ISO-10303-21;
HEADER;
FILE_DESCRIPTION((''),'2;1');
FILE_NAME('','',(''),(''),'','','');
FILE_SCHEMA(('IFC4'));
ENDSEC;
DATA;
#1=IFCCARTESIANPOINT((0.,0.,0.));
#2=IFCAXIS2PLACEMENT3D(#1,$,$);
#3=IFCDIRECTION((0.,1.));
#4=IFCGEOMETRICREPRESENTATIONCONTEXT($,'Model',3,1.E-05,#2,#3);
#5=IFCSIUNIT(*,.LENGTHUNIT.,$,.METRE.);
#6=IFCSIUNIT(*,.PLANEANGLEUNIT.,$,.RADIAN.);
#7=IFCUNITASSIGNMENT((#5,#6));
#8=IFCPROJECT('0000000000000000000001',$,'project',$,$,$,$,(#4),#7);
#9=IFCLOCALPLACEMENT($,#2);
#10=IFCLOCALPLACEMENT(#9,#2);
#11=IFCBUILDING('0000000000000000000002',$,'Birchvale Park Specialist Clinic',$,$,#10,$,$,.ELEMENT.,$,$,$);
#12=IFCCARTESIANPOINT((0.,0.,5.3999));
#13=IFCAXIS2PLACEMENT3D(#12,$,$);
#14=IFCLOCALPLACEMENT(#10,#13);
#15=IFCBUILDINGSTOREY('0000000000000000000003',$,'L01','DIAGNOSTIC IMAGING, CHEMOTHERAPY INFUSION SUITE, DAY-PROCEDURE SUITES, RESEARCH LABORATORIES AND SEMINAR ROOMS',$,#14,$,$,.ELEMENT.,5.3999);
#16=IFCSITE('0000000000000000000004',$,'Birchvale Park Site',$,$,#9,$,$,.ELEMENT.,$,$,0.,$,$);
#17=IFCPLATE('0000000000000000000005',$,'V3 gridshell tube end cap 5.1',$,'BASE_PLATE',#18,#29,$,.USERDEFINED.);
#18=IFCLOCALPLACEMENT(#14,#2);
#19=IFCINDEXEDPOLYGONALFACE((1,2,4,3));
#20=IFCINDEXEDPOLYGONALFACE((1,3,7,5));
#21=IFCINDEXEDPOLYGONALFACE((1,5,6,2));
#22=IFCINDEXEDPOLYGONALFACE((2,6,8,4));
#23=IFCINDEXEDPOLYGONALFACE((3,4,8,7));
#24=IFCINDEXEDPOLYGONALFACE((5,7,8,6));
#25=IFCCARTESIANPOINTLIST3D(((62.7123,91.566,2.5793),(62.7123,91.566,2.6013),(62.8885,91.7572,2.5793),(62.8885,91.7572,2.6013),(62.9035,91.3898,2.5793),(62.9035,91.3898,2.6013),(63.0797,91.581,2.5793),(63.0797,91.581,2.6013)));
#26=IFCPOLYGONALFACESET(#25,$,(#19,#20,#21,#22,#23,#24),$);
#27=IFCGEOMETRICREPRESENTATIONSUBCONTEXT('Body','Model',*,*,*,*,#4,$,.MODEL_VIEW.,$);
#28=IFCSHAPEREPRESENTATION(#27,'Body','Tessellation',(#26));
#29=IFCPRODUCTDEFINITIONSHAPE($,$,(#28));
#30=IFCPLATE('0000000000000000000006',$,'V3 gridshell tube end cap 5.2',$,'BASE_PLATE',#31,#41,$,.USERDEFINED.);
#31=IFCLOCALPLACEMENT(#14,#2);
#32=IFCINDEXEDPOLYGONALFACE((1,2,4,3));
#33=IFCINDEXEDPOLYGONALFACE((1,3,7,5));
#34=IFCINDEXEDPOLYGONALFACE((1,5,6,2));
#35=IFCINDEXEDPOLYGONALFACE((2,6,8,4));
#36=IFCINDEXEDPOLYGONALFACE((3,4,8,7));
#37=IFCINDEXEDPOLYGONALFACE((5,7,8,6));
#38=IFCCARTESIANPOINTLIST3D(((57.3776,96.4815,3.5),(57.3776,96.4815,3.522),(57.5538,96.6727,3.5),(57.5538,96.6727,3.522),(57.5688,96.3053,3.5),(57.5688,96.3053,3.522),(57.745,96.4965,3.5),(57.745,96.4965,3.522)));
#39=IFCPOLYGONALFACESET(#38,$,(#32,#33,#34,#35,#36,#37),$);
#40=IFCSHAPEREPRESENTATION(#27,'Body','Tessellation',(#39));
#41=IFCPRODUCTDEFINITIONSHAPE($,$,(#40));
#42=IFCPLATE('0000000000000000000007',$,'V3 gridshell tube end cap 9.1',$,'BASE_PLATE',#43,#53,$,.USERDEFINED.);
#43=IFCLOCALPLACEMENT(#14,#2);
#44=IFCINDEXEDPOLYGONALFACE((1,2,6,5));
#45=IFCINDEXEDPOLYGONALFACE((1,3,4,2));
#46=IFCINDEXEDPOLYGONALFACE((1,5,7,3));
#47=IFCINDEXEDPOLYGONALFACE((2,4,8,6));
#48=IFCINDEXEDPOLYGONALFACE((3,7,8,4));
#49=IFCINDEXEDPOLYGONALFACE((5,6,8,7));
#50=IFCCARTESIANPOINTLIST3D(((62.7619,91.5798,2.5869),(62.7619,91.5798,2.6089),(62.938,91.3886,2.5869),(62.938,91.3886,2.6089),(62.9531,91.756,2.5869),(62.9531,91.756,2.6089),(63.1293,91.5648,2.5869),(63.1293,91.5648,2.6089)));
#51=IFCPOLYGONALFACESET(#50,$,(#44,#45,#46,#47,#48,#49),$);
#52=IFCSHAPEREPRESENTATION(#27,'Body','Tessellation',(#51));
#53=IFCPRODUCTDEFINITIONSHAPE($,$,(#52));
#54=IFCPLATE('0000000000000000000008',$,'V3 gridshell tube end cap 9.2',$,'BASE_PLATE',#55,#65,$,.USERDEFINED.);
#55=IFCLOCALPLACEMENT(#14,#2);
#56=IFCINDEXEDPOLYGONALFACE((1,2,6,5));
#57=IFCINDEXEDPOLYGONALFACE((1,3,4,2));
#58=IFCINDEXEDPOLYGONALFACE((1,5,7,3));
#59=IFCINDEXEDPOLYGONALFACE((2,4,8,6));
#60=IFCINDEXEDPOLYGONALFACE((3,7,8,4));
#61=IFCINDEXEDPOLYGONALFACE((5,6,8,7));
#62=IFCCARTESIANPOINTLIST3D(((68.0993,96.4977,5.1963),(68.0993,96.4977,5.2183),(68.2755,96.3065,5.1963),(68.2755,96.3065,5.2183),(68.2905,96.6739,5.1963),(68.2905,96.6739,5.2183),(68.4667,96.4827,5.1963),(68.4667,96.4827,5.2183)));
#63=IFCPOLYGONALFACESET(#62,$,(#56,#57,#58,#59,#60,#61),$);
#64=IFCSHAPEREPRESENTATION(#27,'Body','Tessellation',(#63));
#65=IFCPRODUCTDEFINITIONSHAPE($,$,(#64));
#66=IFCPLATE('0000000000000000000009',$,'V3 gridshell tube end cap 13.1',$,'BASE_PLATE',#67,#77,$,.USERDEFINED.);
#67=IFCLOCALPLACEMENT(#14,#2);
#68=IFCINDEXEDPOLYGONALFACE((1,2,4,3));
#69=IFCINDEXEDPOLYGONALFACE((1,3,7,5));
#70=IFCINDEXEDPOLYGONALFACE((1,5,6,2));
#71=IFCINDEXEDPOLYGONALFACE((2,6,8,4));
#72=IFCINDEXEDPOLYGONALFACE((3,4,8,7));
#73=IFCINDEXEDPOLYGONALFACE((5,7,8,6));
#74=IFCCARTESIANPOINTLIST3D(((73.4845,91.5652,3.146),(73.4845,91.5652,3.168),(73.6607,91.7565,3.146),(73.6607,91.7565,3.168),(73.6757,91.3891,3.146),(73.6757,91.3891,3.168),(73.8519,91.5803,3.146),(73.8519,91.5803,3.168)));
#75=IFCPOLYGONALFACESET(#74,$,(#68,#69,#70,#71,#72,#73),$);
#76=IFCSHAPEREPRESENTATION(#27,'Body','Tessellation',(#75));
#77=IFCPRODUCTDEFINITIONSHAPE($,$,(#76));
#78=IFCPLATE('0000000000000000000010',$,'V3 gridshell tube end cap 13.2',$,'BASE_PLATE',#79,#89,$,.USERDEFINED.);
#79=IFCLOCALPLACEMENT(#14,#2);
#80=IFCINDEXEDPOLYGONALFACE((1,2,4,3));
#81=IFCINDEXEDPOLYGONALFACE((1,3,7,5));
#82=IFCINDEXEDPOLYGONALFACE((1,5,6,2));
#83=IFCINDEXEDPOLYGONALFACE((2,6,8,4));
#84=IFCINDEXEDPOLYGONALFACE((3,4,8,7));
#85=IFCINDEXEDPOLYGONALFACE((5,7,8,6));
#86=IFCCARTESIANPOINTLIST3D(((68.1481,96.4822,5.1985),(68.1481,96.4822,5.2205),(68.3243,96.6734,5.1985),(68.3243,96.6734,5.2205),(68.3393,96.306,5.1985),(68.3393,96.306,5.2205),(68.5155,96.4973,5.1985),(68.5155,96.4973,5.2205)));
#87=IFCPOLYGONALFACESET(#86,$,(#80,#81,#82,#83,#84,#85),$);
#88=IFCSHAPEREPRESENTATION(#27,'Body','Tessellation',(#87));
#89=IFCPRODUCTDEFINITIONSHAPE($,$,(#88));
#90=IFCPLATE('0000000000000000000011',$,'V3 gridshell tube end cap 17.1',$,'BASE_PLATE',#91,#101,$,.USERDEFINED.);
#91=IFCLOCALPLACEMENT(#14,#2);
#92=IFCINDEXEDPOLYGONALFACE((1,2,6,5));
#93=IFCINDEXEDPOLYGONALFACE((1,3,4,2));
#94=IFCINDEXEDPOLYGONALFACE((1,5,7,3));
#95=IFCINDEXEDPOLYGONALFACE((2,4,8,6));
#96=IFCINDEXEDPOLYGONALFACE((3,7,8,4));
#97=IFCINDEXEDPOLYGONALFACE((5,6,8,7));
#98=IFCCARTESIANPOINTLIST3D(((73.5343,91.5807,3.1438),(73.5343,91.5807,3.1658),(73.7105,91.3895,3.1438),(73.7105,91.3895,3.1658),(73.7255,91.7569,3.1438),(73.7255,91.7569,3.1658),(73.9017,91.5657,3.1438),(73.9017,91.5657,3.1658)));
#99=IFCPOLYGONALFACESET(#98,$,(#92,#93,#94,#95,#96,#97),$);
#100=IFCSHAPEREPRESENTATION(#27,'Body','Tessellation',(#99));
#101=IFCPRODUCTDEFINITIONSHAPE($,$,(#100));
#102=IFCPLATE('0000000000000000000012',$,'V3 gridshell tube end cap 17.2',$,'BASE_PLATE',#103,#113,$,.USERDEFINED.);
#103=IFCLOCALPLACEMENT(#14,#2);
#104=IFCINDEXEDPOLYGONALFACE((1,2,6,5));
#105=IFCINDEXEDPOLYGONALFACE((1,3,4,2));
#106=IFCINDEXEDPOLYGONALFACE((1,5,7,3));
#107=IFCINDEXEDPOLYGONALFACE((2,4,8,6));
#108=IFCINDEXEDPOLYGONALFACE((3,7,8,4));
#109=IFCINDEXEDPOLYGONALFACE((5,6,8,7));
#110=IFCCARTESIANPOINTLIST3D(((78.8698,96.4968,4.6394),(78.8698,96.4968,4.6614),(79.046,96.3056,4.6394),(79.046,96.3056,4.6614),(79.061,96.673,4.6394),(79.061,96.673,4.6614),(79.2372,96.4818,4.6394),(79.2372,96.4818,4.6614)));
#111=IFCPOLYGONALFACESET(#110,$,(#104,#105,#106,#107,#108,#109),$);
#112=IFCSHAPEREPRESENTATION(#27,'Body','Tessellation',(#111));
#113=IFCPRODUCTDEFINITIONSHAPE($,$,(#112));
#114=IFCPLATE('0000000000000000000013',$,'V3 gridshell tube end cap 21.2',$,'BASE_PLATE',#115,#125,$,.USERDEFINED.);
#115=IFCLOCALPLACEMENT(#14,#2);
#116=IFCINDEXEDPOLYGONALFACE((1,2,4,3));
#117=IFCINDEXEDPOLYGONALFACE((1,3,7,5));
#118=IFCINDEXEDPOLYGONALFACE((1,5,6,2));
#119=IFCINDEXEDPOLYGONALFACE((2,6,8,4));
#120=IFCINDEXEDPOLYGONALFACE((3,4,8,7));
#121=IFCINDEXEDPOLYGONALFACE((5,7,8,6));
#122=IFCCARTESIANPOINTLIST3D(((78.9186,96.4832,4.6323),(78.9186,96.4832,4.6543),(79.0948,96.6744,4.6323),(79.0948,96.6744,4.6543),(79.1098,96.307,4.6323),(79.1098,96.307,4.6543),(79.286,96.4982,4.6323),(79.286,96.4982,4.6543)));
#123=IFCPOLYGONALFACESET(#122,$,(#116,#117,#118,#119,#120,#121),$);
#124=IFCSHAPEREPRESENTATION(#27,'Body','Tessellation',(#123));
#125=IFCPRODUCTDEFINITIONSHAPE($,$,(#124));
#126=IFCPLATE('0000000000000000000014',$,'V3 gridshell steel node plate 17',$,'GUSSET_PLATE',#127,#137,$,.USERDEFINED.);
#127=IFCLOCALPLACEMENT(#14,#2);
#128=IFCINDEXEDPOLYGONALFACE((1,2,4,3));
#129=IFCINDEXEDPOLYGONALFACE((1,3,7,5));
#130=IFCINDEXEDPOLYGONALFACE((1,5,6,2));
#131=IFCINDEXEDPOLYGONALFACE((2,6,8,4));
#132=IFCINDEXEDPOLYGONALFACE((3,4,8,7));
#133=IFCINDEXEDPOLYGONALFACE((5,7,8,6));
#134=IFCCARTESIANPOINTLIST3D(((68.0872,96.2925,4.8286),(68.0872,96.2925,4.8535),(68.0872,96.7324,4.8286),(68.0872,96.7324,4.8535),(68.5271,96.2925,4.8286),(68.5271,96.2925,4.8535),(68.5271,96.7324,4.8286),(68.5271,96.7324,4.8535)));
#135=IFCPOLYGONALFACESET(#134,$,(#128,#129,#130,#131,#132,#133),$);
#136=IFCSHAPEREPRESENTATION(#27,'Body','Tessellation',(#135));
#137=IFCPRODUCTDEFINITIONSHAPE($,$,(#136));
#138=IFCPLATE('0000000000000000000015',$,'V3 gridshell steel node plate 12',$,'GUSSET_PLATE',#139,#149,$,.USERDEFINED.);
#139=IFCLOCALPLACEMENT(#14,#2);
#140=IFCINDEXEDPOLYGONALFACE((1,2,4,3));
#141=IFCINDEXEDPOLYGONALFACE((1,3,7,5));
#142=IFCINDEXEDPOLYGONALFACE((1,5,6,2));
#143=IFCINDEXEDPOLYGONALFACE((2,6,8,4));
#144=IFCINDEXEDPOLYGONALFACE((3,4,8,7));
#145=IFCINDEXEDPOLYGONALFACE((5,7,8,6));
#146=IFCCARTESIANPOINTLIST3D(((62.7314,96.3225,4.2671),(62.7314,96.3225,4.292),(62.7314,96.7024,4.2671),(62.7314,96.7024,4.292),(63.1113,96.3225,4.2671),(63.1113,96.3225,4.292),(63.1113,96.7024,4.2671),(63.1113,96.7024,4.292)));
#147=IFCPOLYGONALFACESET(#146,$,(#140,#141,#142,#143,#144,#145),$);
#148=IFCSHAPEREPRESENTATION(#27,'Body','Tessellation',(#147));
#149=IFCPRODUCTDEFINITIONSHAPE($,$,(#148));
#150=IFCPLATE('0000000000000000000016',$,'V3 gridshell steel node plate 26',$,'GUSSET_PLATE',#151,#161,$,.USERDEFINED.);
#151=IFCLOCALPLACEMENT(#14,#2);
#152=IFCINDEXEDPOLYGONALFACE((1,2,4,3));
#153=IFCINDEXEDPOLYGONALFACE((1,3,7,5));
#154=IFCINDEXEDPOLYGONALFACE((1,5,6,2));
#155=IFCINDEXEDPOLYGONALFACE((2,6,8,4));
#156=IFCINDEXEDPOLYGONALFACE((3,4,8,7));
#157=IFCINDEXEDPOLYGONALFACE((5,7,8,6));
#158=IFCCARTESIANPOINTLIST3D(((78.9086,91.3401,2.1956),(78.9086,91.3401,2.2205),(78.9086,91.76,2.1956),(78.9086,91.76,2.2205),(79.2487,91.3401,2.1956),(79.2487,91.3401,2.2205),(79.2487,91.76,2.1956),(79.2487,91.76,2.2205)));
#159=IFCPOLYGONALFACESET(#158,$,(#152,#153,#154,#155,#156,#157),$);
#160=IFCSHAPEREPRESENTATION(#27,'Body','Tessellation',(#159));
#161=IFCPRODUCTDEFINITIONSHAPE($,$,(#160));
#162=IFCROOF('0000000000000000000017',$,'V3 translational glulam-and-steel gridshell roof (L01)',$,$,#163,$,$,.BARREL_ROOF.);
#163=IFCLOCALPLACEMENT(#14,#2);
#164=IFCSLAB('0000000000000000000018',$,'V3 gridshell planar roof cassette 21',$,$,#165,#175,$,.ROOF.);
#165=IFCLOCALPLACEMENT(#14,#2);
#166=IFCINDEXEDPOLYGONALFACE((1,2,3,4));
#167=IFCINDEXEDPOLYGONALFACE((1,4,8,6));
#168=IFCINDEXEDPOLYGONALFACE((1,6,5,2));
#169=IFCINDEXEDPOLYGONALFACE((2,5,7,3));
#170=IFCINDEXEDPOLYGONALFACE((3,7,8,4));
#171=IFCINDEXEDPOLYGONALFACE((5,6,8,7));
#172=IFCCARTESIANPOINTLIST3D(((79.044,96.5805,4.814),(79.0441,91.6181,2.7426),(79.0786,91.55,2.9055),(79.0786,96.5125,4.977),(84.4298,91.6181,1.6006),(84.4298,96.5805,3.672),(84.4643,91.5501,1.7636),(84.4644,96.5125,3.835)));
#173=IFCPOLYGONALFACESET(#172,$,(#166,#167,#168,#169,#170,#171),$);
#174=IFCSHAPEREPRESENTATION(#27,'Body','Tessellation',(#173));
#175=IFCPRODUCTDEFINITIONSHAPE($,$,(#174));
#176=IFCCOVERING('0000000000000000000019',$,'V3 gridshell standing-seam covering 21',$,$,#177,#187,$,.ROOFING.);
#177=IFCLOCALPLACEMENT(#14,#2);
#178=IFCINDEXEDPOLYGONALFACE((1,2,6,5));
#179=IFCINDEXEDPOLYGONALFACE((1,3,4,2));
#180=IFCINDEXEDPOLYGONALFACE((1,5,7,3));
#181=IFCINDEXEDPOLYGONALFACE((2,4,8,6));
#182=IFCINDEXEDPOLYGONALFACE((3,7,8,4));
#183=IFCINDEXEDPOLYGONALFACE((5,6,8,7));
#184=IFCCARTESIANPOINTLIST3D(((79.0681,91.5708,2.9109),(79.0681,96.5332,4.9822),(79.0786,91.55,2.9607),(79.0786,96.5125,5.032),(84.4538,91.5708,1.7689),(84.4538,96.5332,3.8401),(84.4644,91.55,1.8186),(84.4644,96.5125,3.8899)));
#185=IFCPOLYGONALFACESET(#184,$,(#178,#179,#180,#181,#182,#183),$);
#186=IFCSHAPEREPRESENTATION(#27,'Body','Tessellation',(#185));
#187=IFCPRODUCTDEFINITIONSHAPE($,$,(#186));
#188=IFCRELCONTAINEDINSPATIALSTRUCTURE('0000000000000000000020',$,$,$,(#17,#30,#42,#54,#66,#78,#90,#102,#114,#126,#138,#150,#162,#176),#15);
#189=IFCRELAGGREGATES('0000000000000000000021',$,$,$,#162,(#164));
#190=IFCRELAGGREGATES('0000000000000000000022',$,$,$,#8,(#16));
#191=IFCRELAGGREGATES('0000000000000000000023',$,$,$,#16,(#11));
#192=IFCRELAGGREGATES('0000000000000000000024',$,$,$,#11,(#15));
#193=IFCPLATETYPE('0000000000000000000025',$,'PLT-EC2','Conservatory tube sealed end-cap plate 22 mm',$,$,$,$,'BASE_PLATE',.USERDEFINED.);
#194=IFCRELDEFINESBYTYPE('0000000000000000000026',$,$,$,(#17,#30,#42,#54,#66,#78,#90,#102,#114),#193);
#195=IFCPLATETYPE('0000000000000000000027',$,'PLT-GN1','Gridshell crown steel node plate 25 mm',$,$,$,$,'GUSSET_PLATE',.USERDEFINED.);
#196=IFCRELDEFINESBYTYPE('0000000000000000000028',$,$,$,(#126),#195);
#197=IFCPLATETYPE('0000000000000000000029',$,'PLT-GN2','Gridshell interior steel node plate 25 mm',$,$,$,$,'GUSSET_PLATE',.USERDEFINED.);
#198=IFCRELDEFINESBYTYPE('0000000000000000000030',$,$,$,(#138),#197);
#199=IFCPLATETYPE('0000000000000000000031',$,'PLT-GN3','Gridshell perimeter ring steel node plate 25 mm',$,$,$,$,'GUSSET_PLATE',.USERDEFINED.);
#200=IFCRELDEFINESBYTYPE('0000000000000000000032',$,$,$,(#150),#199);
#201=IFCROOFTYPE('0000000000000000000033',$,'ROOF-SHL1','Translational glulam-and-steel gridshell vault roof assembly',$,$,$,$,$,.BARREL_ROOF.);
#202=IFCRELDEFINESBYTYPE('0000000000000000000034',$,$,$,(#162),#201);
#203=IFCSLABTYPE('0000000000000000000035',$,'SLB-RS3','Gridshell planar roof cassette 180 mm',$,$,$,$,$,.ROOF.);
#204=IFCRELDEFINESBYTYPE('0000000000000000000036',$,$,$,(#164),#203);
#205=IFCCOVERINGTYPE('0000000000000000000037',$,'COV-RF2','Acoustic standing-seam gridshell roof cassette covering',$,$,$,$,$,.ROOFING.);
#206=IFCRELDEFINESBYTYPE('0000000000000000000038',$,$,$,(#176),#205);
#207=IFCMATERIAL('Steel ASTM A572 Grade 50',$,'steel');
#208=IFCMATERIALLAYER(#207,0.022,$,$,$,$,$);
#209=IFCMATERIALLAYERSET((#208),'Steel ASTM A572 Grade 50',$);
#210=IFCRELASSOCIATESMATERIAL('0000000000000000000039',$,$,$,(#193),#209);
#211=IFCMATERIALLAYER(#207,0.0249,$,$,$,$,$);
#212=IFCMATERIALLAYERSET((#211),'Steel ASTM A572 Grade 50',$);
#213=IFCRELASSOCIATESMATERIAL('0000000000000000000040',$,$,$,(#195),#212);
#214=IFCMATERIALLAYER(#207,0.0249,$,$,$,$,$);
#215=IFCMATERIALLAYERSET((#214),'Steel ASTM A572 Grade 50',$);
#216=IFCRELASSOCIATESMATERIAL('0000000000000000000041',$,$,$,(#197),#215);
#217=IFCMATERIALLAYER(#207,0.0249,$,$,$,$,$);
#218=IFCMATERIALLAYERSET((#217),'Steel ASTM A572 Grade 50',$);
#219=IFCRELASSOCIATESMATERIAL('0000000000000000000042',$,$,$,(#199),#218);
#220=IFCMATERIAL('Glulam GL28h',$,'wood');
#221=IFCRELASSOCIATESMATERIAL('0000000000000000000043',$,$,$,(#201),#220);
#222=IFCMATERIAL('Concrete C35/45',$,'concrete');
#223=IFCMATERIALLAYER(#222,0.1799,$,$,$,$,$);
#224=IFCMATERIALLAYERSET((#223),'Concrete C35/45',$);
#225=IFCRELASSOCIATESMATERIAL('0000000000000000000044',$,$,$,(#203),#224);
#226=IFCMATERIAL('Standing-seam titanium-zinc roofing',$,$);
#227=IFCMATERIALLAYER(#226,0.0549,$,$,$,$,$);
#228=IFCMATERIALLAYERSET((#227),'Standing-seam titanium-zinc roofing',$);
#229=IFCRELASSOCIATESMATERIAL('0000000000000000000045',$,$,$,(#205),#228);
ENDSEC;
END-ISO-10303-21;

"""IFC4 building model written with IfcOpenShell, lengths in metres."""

from ifc_helpers import new_model, si_unit, direction, frame, origin, origin_2d, place, context, subcontext, project, spatial, polyline, rectangle, outline, extrude, material, layer, layer_set, type_object, element, aggregate, save


model = new_model("IFC4")

# Units and contexts
model_context = context("Model", 3, precision=1e-05, world=origin(), true_north=direction((0.0, 1.0)))
body_context = subcontext(model_context, "Body", "Model", "MODEL_VIEW")
ifc_project = project(units=[si_unit("LENGTHUNIT", "METRE"), si_unit("PLANEANGLEUNIT", "RADIAN")], contexts=[model_context])

# Site, building, storey
site_placement = place(None, origin())
site = spatial("IfcSite", under=ifc_project, at=site_placement, Name="Birchvale Park Site", CompositionType="ELEMENT", RefElevation=0.0)
building_placement = place(site_placement, origin())
building = spatial("IfcBuilding", under=site, at=building_placement, Name="Birchvale Park Specialist Clinic", CompositionType="ELEMENT")
storey_placement = place(building_placement, frame((0.0, 0.0, 5.3999)))
storey = spatial("IfcBuildingStorey", under=building, at=storey_placement, Name="L01", Description="DIAGNOSTIC IMAGING, CHEMOTHERAPY INFUSION SUITE, DAY-PROCEDURE SUITES, RESEARCH LABORATORIES AND SEMINAR ROOMS", CompositionType="ELEMENT", Elevation=5.3999)

# Shared definitions
ifc_material_1 = material(Name="Glulam GL28h", Category="wood")

# Plates
ifc_material_2 = material(Name="Steel ASTM A572 Grade 50", Category="steel")
ifc_layer_1 = layer(ifc_material_2, 0.022)
ifc_layer_set_1 = layer_set([ifc_layer_1], Name="Steel ASTM A572 Grade 50")
plate_type_1 = type_object("IfcPlateType", Name="PLT-EC2", Description="Conservatory tube sealed end-cap plate 22 mm", ElementType="BASE_PLATE", PredefinedType="USERDEFINED", material=ifc_layer_set_1)
for number, where, z_axis, x_axis, name in (
    (1, (62.896, 91.5735, 2.5793), (0.0, 0.0, 1.0), (-0.735388, 0.677646, 0.0), "V3 gridshell tube end cap 5.1"),
    (2, (57.5613, 96.489, 3.5), (0.0, 0.0, 1.0), (-0.735388, 0.677646, 0.0), "V3 gridshell tube end cap 5.2"),
    (3, (62.9456, 91.5723, 2.5869), (0.0, 0.0, 1.0), (0.735388, 0.677646, 0.0), "V3 gridshell tube end cap 9.1"),
    (4, (68.283, 96.4902, 5.1963), (0.0, 0.0, 1.0), (0.735388, 0.677646, 0.0), "V3 gridshell tube end cap 9.2"),
    (5, (73.6682, 91.5728, 3.146), (0.0, 0.0, 1.0), (-0.735388, 0.677646, 0.0), "V3 gridshell tube end cap 13.1"),
    (6, (68.3318, 96.4897, 5.1985), (0.0, 0.0, 1.0), (-0.735388, 0.677646, 0.0), "V3 gridshell tube end cap 13.2"),
    (7, (73.718, 91.5732, 3.1438), (0.0, 0.0, 1.0), (0.735388, 0.677646, 0.0), "V3 gridshell tube end cap 17.1"),
    (8, (79.0535, 96.4893, 4.6394), (0.0, 0.0, 1.0), (0.735388, 0.677646, 0.0), "V3 gridshell tube end cap 17.2"),
    (9, (79.1023, 96.4907, 4.6323), (0.0, 0.0, 1.0), (-0.735388, 0.677646, 0.0), "V3 gridshell tube end cap 21.2"),
):
    element("IfcPlate", number, at=place(storey_placement, frame(where, z_axis=z_axis, x_axis=x_axis)), inside=storey, type_object=plate_type_1, Name=name, ObjectType="BASE_PLATE", PredefinedType="USERDEFINED", context=body_context, shape_type="SweptSolid", body=[
        extrude(rectangle(XDim=0.26, YDim=0.26, at=origin_2d()), origin(), (0.0, 0.0, 1.0), 0.022),
    ])
ifc_layer_2 = layer(ifc_material_2, 0.0249)
ifc_layer_set_2 = layer_set([ifc_layer_2], Name="Steel ASTM A572 Grade 50")
plate_type_2 = type_object("IfcPlateType", Name="PLT-GN1", Description="Gridshell crown steel node plate 25 mm", ElementType="GUSSET_PLATE", PredefinedType="USERDEFINED", material=ifc_layer_set_2)
plate_1_placement = place(storey_placement, frame((68.3071, 96.5125, 4.8286), z_axis=(0.0, 0.0, 1.0), x_axis=(1.0, 0.0, 0.0)))
element("IfcPlate", 10, at=plate_1_placement, inside=storey, type_object=plate_type_2, Name="V3 gridshell steel node plate 17", ObjectType="GUSSET_PLATE", PredefinedType="USERDEFINED", context=body_context, shape_type="SweptSolid", body=[
    extrude(rectangle(XDim=0.4399, YDim=0.4399, at=origin_2d()), origin(), (0.0, 0.0, 1.0), 0.0249),
])
ifc_layer_3 = layer(ifc_material_2, 0.0249)
ifc_layer_set_3 = layer_set([ifc_layer_3], Name="Steel ASTM A572 Grade 50")
plate_type_3 = type_object("IfcPlateType", Name="PLT-GN2", Description="Gridshell interior steel node plate 25 mm", ElementType="GUSSET_PLATE", PredefinedType="USERDEFINED", material=ifc_layer_set_3)
plate_2_placement = place(storey_placement, frame((62.9214, 96.5125, 4.2671), z_axis=(0.0, 0.0, 1.0), x_axis=(1.0, 0.0, 0.0)))
element("IfcPlate", 11, at=plate_2_placement, inside=storey, type_object=plate_type_3, Name="V3 gridshell steel node plate 12", ObjectType="GUSSET_PLATE", PredefinedType="USERDEFINED", context=body_context, shape_type="SweptSolid", body=[
    extrude(rectangle(XDim=0.3799, YDim=0.3799, at=origin_2d()), origin(), (0.0, 0.0, 1.0), 0.0249),
])
ifc_layer_4 = layer(ifc_material_2, 0.0249)
ifc_layer_set_4 = layer_set([ifc_layer_4], Name="Steel ASTM A572 Grade 50")
plate_type_4 = type_object("IfcPlateType", Name="PLT-GN3", Description="Gridshell perimeter ring steel node plate 25 mm", ElementType="GUSSET_PLATE", PredefinedType="USERDEFINED", material=ifc_layer_set_4)
plate_3_placement = place(storey_placement, frame((79.0786, 91.55, 2.1956), z_axis=(0.0, 0.0, 1.0), x_axis=(1.0, 0.0, 0.0)))
element("IfcPlate", 12, at=plate_3_placement, inside=storey, type_object=plate_type_4, Name="V3 gridshell steel node plate 26", ObjectType="GUSSET_PLATE", PredefinedType="USERDEFINED", context=body_context, shape_type="SweptSolid", body=[
    extrude(rectangle(XDim=0.3401, YDim=0.4199, at=origin_2d()), origin(), (0.0, 0.0, 1.0), 0.0249),
])

# Roof, slab
roof_type = type_object("IfcRoofType", Name="ROOF-SHL1", Description="Translational glulam-and-steel gridshell vault roof assembly", PredefinedType="BARREL_ROOF", material=ifc_material_1)
roof_placement = place(storey_placement, origin())
roof = element("IfcRoof", 13, at=roof_placement, inside=storey, type_object=roof_type, Name="V3 translational glulam-and-steel gridshell roof (L01)", PredefinedType="BARREL_ROOF")
ifc_material_3 = material(Name="Concrete C35/45", Category="concrete")
ifc_layer_5 = layer(ifc_material_3, 0.1799)
ifc_layer_set_5 = layer_set([ifc_layer_5], Name="Concrete C35/45")
slab_type = type_object("IfcSlabType", Name="SLB-RS3", Description="Gridshell planar roof cassette 180 mm", PredefinedType="ROOF", material=ifc_layer_set_5)
slab_placement = place(storey_placement, frame((79.0786, 91.55, 2.9055), z_axis=(0.192031, -0.378039, 0.905655), x_axis=(0.978252, 0.000008, -0.207421)))
slab = element("IfcSlab", 14, at=slab_placement, type_object=slab_type, Name="V3 gridshell planar roof cassette 21", PredefinedType="ROOF", context=body_context, shape_type="SweptSolid", body=[
    extrude(outline(polyline([(0.0, 0.0), (5.5055, 0.0), (5.0759, 5.3601), (-0.4296, 5.3602), (0.0, 0.0)])), origin(), (0.0, 0.0, -1.0), 0.1799),
])
aggregate(roof, [slab])

# Covering
ifc_material_4 = material(Name="Standing-seam titanium-zinc roofing")
ifc_layer_6 = layer(ifc_material_4, 0.0549)
ifc_layer_set_6 = layer_set([ifc_layer_6], Name="Standing-seam titanium-zinc roofing")
covering_type = type_object("IfcCoveringType", Name="COV-RF2", Description="Acoustic standing-seam gridshell roof cassette covering", PredefinedType="ROOFING", material=ifc_layer_set_6)
covering_placement = place(storey_placement, frame((79.0786, 91.55, 2.9607), z_axis=(0.192052, -0.378019, 0.905659), x_axis=(0.978247, 0.0, -0.207445)))
element("IfcCovering", 15, at=covering_placement, inside=storey, type_object=covering_type, Name="V3 gridshell standing-seam covering 21", PredefinedType="ROOFING", context=body_context, shape_type="SweptSolid", body=[
    extrude(outline(polyline([(0.0, 0.0), (5.5055, 0.0), (5.0758, 5.3601), (-0.4297, 5.3601), (0.0, 0.0)])), origin(), (0.0, 0.0, -1.0), 0.0549),
])

save(model, "model.ifc")
